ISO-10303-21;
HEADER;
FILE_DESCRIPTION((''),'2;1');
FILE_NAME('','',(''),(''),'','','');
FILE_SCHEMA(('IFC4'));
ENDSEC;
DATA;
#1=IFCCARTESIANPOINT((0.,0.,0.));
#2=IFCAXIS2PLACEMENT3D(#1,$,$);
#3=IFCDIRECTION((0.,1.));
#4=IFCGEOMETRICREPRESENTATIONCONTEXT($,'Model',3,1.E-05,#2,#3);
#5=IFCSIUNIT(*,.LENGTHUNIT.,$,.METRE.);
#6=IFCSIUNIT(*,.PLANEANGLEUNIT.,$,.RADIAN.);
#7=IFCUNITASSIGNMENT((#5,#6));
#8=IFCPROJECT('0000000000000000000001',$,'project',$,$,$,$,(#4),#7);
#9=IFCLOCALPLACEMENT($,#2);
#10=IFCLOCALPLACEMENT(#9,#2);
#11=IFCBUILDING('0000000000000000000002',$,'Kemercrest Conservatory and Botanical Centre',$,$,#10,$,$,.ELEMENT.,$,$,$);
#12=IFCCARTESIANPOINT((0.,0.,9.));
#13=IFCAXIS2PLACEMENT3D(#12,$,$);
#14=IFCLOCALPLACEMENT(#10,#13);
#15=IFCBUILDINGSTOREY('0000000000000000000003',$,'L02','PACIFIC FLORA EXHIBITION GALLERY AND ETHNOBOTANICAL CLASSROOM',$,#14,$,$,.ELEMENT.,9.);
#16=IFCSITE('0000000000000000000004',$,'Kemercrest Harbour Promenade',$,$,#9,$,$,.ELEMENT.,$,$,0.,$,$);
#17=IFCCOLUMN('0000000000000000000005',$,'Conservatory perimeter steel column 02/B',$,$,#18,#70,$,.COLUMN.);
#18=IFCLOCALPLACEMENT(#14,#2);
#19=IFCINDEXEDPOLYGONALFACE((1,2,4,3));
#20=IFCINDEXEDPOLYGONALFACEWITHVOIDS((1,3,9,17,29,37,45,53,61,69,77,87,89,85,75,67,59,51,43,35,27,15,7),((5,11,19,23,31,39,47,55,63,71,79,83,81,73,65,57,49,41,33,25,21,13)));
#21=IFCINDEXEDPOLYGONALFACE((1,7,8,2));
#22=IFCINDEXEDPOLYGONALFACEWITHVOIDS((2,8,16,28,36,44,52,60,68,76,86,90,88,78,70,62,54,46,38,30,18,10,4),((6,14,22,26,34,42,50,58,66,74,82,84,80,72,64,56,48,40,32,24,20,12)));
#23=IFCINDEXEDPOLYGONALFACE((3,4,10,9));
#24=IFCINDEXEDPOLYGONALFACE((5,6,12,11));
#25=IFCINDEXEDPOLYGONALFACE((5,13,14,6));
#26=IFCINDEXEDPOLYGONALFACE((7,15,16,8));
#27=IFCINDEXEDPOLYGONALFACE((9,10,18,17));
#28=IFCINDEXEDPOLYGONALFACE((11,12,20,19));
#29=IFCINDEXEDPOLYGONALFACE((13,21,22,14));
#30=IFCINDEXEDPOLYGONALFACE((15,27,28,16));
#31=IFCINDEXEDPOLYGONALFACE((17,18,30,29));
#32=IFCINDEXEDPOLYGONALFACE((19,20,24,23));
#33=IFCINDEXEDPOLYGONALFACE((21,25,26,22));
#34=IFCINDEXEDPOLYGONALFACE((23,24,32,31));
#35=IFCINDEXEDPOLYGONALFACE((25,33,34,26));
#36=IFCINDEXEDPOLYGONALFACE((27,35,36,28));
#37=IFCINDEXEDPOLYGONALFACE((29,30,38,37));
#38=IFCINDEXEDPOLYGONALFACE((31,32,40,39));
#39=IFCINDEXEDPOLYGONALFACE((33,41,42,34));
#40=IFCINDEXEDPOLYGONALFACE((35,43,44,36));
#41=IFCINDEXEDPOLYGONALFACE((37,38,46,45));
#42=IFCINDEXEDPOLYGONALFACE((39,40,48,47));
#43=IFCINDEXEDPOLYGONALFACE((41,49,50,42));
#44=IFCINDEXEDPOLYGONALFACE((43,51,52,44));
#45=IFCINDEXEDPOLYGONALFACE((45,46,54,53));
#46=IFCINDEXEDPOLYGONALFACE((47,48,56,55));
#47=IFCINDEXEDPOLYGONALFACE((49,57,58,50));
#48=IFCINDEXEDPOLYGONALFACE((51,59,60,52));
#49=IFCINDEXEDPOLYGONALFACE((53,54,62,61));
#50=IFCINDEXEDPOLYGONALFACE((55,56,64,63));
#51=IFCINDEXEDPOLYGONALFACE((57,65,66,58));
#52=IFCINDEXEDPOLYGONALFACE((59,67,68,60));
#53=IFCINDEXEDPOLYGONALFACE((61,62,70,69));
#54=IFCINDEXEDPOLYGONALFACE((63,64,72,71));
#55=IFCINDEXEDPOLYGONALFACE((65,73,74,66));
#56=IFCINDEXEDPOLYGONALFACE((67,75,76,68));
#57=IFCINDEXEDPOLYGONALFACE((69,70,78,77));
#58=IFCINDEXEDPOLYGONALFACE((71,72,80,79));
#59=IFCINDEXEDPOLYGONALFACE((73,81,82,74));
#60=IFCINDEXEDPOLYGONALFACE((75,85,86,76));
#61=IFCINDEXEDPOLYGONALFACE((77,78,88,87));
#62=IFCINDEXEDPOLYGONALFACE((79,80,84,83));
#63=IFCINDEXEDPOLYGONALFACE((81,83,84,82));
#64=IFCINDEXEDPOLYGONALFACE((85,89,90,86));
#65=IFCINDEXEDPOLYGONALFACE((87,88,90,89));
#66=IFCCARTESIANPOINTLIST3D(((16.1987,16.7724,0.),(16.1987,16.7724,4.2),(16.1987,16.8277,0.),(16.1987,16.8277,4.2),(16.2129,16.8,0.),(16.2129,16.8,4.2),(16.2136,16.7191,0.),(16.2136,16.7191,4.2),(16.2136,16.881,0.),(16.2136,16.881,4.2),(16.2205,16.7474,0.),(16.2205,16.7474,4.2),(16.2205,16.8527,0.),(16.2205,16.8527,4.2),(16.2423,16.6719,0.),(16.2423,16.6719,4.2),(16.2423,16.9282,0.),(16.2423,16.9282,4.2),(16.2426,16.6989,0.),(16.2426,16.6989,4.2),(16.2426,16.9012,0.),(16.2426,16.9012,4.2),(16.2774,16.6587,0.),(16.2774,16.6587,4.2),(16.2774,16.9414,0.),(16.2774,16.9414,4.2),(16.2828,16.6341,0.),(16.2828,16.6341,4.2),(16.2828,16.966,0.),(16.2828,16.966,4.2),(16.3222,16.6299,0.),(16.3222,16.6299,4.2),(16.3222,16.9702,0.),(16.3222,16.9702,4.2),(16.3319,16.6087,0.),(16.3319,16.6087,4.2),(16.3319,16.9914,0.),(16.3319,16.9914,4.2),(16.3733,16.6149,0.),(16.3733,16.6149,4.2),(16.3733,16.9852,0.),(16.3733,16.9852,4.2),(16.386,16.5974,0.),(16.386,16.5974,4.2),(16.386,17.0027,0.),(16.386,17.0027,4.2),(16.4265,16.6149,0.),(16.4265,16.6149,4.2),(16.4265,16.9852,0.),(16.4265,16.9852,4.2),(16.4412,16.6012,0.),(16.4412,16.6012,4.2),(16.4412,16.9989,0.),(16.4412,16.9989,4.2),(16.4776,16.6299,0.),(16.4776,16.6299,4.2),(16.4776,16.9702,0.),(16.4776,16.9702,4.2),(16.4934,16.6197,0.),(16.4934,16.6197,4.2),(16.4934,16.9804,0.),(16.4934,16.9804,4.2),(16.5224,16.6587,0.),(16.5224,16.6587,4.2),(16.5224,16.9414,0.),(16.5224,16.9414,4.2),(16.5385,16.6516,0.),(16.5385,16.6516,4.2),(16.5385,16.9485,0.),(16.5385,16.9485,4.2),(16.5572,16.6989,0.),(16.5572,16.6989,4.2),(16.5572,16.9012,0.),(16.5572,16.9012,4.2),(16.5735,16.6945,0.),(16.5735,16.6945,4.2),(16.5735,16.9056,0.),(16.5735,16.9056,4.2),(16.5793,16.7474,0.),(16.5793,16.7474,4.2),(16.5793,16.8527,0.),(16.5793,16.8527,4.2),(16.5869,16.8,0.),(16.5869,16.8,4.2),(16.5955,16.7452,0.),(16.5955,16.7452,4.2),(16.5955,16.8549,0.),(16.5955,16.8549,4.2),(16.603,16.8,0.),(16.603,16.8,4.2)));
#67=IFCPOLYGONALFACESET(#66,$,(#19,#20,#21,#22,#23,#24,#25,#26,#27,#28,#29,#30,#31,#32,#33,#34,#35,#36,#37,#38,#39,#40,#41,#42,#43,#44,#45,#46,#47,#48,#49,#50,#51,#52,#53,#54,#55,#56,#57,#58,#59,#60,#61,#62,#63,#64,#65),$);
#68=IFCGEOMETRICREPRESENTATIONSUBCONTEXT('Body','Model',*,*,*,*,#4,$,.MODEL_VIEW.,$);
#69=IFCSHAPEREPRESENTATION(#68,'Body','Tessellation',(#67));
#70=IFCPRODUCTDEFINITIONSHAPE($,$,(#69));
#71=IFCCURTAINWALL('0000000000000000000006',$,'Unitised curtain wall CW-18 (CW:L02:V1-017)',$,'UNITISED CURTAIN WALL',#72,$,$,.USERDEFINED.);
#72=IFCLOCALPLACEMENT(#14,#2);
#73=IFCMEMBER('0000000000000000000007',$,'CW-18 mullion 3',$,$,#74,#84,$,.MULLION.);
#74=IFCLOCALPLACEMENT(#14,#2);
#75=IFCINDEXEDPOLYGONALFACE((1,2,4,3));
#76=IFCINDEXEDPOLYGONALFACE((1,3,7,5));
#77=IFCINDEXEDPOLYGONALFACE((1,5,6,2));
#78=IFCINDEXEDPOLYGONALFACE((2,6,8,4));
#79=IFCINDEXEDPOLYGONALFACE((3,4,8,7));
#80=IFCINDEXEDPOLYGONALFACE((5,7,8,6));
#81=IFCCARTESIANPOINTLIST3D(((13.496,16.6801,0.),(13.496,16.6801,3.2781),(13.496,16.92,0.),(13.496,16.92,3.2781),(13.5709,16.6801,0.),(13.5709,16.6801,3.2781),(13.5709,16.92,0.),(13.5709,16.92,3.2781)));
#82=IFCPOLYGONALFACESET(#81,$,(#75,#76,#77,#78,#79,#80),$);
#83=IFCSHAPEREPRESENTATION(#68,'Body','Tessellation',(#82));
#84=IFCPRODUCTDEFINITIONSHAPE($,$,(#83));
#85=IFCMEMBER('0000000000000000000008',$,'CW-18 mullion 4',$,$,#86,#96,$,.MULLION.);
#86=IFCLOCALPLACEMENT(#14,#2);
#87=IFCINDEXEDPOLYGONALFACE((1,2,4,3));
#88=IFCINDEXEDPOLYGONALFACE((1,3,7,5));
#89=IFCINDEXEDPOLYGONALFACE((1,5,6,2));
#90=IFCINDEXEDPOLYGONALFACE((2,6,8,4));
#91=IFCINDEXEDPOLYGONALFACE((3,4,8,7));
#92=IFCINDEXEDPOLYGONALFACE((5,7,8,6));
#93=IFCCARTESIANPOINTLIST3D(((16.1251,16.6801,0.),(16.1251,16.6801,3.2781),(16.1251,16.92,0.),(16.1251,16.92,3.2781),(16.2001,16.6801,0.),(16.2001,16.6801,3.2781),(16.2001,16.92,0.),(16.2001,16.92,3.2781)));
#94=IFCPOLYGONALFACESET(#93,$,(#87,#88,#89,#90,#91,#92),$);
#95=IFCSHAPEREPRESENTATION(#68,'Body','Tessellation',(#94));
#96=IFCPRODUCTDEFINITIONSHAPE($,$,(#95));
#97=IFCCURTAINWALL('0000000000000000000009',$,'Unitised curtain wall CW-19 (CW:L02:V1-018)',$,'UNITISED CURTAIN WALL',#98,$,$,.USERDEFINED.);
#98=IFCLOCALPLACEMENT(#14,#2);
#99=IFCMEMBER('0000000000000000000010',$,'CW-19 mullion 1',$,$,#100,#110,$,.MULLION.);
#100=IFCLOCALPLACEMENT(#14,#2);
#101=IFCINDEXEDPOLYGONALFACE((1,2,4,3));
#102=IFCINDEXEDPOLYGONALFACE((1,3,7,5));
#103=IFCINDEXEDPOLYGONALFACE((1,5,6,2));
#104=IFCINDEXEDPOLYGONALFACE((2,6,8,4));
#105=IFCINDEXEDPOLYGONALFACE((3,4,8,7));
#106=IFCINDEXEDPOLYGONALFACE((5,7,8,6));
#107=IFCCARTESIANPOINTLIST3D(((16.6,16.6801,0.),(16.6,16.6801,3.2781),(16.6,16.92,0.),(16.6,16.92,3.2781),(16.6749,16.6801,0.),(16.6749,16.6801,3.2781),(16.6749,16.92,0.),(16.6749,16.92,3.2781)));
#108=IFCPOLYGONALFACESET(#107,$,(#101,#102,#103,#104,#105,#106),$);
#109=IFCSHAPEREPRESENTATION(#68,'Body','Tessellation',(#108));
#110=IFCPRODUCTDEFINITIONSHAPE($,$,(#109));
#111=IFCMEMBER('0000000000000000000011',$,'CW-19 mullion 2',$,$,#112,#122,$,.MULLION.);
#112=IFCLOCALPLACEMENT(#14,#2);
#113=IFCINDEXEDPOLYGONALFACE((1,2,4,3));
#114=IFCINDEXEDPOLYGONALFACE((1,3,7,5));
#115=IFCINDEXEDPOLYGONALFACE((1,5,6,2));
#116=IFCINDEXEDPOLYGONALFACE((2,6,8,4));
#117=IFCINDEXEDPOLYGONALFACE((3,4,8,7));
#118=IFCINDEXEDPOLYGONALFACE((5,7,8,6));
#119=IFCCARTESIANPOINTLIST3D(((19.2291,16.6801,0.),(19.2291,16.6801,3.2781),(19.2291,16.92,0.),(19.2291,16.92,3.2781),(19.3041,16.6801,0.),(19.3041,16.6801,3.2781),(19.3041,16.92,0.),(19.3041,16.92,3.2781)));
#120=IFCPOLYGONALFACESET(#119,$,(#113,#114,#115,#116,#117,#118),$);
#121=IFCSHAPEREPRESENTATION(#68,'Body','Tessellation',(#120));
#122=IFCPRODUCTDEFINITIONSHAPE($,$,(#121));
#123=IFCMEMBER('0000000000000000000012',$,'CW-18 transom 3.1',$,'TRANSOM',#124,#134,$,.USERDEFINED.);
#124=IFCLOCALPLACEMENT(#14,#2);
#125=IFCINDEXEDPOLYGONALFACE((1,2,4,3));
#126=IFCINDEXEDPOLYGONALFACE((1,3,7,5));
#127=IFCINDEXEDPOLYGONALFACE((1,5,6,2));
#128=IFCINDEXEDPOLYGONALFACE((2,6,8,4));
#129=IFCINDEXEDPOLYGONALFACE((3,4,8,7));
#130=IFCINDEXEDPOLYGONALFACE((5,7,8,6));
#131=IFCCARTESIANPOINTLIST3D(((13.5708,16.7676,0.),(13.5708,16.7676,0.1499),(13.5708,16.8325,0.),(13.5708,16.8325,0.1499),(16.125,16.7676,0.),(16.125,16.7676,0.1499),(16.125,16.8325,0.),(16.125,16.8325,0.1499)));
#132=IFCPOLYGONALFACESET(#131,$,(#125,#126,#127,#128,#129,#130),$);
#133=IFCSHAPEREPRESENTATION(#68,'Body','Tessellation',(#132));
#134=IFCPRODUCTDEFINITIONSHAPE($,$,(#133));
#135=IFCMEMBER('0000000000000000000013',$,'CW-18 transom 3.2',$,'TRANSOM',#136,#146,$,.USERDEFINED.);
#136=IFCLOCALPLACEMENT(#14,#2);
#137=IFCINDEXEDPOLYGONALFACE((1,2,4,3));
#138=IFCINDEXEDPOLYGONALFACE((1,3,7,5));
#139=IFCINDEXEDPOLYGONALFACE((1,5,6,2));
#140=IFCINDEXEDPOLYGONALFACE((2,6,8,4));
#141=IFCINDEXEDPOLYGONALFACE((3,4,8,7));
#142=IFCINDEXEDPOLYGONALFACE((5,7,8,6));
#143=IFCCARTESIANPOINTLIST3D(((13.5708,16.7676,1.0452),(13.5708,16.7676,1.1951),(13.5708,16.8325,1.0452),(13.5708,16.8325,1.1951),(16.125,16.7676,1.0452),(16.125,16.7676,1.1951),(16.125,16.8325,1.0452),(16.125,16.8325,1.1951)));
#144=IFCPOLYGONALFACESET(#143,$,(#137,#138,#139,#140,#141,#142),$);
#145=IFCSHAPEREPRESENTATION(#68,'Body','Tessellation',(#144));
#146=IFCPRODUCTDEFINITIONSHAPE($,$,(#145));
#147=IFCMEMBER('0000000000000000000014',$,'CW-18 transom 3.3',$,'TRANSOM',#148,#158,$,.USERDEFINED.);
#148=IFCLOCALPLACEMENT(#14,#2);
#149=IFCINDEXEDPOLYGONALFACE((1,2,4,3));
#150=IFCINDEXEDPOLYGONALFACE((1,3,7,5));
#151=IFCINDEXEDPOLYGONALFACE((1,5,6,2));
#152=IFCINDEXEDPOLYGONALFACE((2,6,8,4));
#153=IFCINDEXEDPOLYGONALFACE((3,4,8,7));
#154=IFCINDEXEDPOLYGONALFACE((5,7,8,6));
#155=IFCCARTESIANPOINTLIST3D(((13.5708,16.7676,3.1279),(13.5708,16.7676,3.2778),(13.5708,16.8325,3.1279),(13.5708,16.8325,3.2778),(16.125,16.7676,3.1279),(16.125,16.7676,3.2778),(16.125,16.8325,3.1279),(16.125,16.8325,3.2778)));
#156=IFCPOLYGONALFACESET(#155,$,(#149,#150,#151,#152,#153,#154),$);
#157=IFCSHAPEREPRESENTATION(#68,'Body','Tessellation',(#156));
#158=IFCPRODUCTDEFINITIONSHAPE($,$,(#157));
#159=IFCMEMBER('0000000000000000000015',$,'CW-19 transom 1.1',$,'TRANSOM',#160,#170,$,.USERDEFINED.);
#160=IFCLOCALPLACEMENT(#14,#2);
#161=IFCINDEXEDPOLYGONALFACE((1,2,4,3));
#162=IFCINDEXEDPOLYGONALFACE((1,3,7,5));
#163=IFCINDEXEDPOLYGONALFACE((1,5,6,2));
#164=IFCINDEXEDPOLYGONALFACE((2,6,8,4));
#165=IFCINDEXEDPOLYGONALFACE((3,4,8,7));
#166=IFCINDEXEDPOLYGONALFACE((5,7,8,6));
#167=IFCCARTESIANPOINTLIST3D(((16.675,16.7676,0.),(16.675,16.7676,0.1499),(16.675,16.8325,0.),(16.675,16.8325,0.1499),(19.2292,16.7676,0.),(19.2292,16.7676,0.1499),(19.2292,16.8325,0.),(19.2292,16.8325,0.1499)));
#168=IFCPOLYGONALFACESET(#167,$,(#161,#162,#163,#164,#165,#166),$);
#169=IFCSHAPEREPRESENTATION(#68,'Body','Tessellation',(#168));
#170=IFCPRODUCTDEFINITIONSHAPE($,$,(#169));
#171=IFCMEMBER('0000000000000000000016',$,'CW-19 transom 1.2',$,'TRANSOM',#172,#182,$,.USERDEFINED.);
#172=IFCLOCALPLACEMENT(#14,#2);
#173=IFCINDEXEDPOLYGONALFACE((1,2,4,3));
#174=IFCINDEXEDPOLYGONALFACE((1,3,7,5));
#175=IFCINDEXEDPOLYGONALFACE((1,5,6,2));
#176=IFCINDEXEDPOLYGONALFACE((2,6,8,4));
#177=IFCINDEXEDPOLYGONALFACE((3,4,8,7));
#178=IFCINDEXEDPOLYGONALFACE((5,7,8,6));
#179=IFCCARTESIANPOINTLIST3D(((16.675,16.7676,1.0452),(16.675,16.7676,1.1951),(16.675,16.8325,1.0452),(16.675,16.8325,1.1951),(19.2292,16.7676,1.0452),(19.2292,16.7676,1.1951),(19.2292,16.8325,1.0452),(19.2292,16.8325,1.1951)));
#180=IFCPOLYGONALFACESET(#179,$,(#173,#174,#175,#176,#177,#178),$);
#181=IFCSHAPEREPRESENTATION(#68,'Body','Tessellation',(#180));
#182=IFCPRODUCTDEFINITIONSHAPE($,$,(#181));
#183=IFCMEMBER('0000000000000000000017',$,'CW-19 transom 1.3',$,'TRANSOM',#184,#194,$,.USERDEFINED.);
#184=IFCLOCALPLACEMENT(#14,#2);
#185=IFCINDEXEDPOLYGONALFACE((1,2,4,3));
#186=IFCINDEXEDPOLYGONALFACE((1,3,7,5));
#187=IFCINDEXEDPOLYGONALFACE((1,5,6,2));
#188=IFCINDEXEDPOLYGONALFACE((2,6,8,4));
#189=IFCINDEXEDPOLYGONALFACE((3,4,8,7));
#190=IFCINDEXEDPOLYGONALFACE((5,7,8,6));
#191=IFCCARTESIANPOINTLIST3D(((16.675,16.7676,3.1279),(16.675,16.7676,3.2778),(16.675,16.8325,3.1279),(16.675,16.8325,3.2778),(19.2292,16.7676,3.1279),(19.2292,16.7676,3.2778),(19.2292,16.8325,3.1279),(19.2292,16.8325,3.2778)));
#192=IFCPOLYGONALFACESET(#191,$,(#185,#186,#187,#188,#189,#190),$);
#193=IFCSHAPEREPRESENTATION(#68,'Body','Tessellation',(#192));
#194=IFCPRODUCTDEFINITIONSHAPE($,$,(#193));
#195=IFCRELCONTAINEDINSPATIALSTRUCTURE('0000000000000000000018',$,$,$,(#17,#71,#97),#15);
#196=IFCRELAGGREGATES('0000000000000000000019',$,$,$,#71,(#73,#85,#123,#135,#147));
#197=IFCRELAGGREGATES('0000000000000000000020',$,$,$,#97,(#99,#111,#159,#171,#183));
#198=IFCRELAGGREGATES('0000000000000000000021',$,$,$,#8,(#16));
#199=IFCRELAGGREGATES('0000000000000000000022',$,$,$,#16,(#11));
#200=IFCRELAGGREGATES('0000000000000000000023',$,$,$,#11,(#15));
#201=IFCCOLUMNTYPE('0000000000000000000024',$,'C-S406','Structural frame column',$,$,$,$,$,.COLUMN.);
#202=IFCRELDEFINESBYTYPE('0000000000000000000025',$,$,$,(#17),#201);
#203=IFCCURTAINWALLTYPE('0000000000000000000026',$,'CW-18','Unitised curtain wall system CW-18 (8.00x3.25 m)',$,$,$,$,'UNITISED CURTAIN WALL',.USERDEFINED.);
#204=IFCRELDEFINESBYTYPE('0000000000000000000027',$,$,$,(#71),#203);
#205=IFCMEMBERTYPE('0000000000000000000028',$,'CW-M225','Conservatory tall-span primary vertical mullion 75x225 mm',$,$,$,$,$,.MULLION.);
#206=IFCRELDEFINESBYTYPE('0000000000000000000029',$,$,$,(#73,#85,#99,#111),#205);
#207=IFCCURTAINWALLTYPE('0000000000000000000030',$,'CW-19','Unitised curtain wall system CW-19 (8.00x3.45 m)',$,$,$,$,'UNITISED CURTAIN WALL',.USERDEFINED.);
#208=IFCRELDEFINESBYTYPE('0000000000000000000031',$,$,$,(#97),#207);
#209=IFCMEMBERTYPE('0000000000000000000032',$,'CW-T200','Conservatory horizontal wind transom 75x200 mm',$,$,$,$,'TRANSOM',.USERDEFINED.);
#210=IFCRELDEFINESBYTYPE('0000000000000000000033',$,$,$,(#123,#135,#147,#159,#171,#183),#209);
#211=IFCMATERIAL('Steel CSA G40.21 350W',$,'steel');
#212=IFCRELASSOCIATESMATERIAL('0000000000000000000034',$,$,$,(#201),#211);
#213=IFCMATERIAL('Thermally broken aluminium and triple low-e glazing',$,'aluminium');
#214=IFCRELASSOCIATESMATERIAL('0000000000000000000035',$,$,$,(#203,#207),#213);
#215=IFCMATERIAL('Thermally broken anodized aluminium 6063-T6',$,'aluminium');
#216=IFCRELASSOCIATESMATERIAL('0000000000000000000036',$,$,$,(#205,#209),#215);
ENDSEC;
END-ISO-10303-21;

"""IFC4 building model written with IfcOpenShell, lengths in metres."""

from ifc_helpers import new_model, si_unit, direction, frame, origin, origin_2d, place, context, subcontext, project, spatial, rectangle, hollow_circle, extrude, material, material_profile, profile_set, type_object, element, aggregate, save


model = new_model("IFC4")

# Units and contexts
model_context = context("Model", 3, precision=1e-05, world=origin(), true_north=direction((0.0, 1.0)))
body_context = subcontext(model_context, "Body", "Model", "MODEL_VIEW")
ifc_project = project(units=[si_unit("LENGTHUNIT", "METRE"), si_unit("PLANEANGLEUNIT", "RADIAN")], contexts=[model_context])

# Site, building, storey
site_placement = place(None, origin())
site = spatial("IfcSite", under=ifc_project, at=site_placement, Name="Kemercrest Harbour Promenade", CompositionType="ELEMENT", RefElevation=0.0)
building_placement = place(site_placement, origin())
building = spatial("IfcBuilding", under=site, at=building_placement, Name="Kemercrest Conservatory and Botanical Centre", CompositionType="ELEMENT")
storey_placement = place(building_placement, frame((0.0, 0.0, 9.0)))
storey = spatial("IfcBuildingStorey", under=building, at=storey_placement, Name="L02", Description="PACIFIC FLORA EXHIBITION GALLERY AND ETHNOBOTANICAL CLASSROOM", CompositionType="ELEMENT", Elevation=9.0)

# Column
ifc_material_1 = material(Name="Steel CSA G40.21 350W", Category="steel")
ifc_material_profile_1 = material_profile(ifc_material_1, hollow_circle(Radius=0.2031, WallThickness=0.0161, at=origin_2d()), Name="CHS 406.4x16.0")
ifc_profile_set_1 = profile_set([ifc_material_profile_1], Name="Steel CSA G40.21 350W")
column_type = type_object("IfcColumnType", Name="C-S406", Description="Structural frame column", PredefinedType="COLUMN", material=ifc_profile_set_1)
column_placement = place(storey_placement, frame((16.3999, 16.8, 0.0), z_axis=(0.0, 0.0, 1.0), x_axis=(1.0, 0.0, 0.0)))
element("IfcColumn", 1, at=column_placement, inside=storey, type_object=column_type, Name="Conservatory perimeter steel column 02/B", PredefinedType="COLUMN", context=body_context, shape_type="SweptSolid", body=[
    extrude(hollow_circle(Radius=0.2031, WallThickness=0.0161, at=origin_2d()), origin(), (0.0, 0.0, 1.0), 4.2),
])

# Curtain walls, members
ifc_material_2 = material(Name="Thermally broken aluminium and triple low-e glazing", Category="aluminium")
curtain_wall_type_1 = type_object("IfcCurtainWallType", Name="CW-18", Description="Unitised curtain wall system CW-18 (8.00x3.25 m)", ElementType="UNITISED CURTAIN WALL", PredefinedType="USERDEFINED", material=ifc_material_2)
curtain_wall_1_placement = place(storey_placement, origin())
curtain_wall_1 = element("IfcCurtainWall", 2, at=curtain_wall_1_placement, inside=storey, type_object=curtain_wall_type_1, Name="Unitised curtain wall CW-18 (CW:L02:V1-017)", ObjectType="UNITISED CURTAIN WALL", PredefinedType="USERDEFINED")
ifc_material_3 = material(Name="Thermally broken anodized aluminium 6063-T6", Category="aluminium")
ifc_material_profile_2 = material_profile(ifc_material_3, rectangle(XDim=0.24, YDim=0.075, at=origin_2d()), Name="AL MULLION 75x240")
ifc_profile_set_2 = profile_set([ifc_material_profile_2], Name="Thermally broken anodized aluminium 6063-T6")
member_type_1 = type_object("IfcMemberType", Name="CW-M225", Description="Conservatory tall-span primary vertical mullion 75x225 mm", PredefinedType="MULLION", material=ifc_profile_set_2)
member_1_placement = place(storey_placement, frame((13.5334, 16.8, 0.0), z_axis=(0.0, 0.0, 1.0), x_axis=(0.0, 1.0, 0.0)))
member_1 = element("IfcMember", 3, at=member_1_placement, type_object=member_type_1, Name="CW-18 mullion 3", PredefinedType="MULLION", context=body_context, shape_type="SweptSolid", body=[
    extrude(rectangle(XDim=0.24, YDim=0.075, at=origin_2d()), origin(), (0.0, 0.0, 1.0), 3.2781),
])
member_2_placement = place(storey_placement, frame((16.1626, 16.8, 0.0), z_axis=(0.0, 0.0, 1.0), x_axis=(0.0, 1.0, 0.0)))
member_2 = element("IfcMember", 4, at=member_2_placement, type_object=member_type_1, Name="CW-18 mullion 4", PredefinedType="MULLION", context=body_context, shape_type="SweptSolid", body=[
    extrude(rectangle(XDim=0.24, YDim=0.075, at=origin_2d()), origin(), (0.0, 0.0, 1.0), 3.2781),
])
curtain_wall_type_2 = type_object("IfcCurtainWallType", Name="CW-19", Description="Unitised curtain wall system CW-19 (8.00x3.45 m)", ElementType="UNITISED CURTAIN WALL", PredefinedType="USERDEFINED", material=ifc_material_2)
curtain_wall_2_placement = place(storey_placement, origin())
curtain_wall_2 = element("IfcCurtainWall", 5, at=curtain_wall_2_placement, inside=storey, type_object=curtain_wall_type_2, Name="Unitised curtain wall CW-19 (CW:L02:V1-018)", ObjectType="UNITISED CURTAIN WALL", PredefinedType="USERDEFINED")
member_3_placement = place(storey_placement, frame((16.6375, 16.8, 0.0), z_axis=(0.0, 0.0, 1.0), x_axis=(0.0, 1.0, 0.0)))
member_3 = element("IfcMember", 6, at=member_3_placement, type_object=member_type_1, Name="CW-19 mullion 1", PredefinedType="MULLION", context=body_context, shape_type="SweptSolid", body=[
    extrude(rectangle(XDim=0.24, YDim=0.075, at=origin_2d()), origin(), (0.0, 0.0, 1.0), 3.2781),
])
member_4_placement = place(storey_placement, frame((19.2666, 16.8, 0.0), z_axis=(0.0, 0.0, 1.0), x_axis=(0.0, 1.0, 0.0)))
member_4 = element("IfcMember", 7, at=member_4_placement, type_object=member_type_1, Name="CW-19 mullion 2", PredefinedType="MULLION", context=body_context, shape_type="SweptSolid", body=[
    extrude(rectangle(XDim=0.24, YDim=0.075, at=origin_2d()), origin(), (0.0, 0.0, 1.0), 3.2781),
])

# Members
ifc_material_profile_3 = material_profile(ifc_material_3, rectangle(XDim=0.0649, YDim=0.1499, at=origin_2d()), Name="AL TRANSOM 65x150")
ifc_profile_set_3 = profile_set([ifc_material_profile_3], Name="Thermally broken anodized aluminium 6063-T6")
member_type_2 = type_object("IfcMemberType", Name="CW-T200", Description="Conservatory horizontal wind transom 75x200 mm", ElementType="TRANSOM", PredefinedType="USERDEFINED", material=ifc_profile_set_3)
member_5_placement = place(storey_placement, frame((13.5708, 16.8, 0.075), z_axis=(1.0, 0.0, 0.0), x_axis=(0.0, 1.0, 0.0)))
member_5 = element("IfcMember", 8, at=member_5_placement, type_object=member_type_2, Name="CW-18 transom 3.1", ObjectType="TRANSOM", PredefinedType="USERDEFINED", context=body_context, shape_type="SweptSolid", body=[
    extrude(rectangle(XDim=0.0649, YDim=0.1499, at=origin_2d()), origin(), (0.0, 0.0, 1.0), 2.5542),
])
member_6_placement = place(storey_placement, frame((13.5708, 16.8, 1.1201), z_axis=(1.0, 0.0, 0.0), x_axis=(0.0, 1.0, 0.0)))
member_6 = element("IfcMember", 9, at=member_6_placement, type_object=member_type_2, Name="CW-18 transom 3.2", ObjectType="TRANSOM", PredefinedType="USERDEFINED", context=body_context, shape_type="SweptSolid", body=[
    extrude(rectangle(XDim=0.0649, YDim=0.1499, at=origin_2d()), origin(), (0.0, 0.0, 1.0), 2.5542),
])
member_7_placement = place(storey_placement, frame((13.5708, 16.8, 3.2029), z_axis=(1.0, 0.0, 0.0), x_axis=(0.0, 1.0, 0.0)))
member_7 = element("IfcMember", 10, at=member_7_placement, type_object=member_type_2, Name="CW-18 transom 3.3", ObjectType="TRANSOM", PredefinedType="USERDEFINED", context=body_context, shape_type="SweptSolid", body=[
    extrude(rectangle(XDim=0.0649, YDim=0.1499, at=origin_2d()), origin(), (0.0, 0.0, 1.0), 2.5542),
])
member_8_placement = place(storey_placement, frame((16.675, 16.8, 0.075), z_axis=(1.0, 0.0, 0.0), x_axis=(0.0, 1.0, 0.0)))
member_8 = element("IfcMember", 11, at=member_8_placement, type_object=member_type_2, Name="CW-19 transom 1.1", ObjectType="TRANSOM", PredefinedType="USERDEFINED", context=body_context, shape_type="SweptSolid", body=[
    extrude(rectangle(XDim=0.0649, YDim=0.1499, at=origin_2d()), origin(), (0.0, 0.0, 1.0), 2.5542),
])
member_9_placement = place(storey_placement, frame((16.675, 16.8, 1.1201), z_axis=(1.0, 0.0, 0.0), x_axis=(0.0, 1.0, 0.0)))
member_9 = element("IfcMember", 12, at=member_9_placement, type_object=member_type_2, Name="CW-19 transom 1.2", ObjectType="TRANSOM", PredefinedType="USERDEFINED", context=body_context, shape_type="SweptSolid", body=[
    extrude(rectangle(XDim=0.0649, YDim=0.1499, at=origin_2d()), origin(), (0.0, 0.0, 1.0), 2.5542),
])
member_10_placement = place(storey_placement, frame((16.675, 16.8, 3.2029), z_axis=(1.0, 0.0, 0.0), x_axis=(0.0, 1.0, 0.0)))
member_10 = element("IfcMember", 13, at=member_10_placement, type_object=member_type_2, Name="CW-19 transom 1.3", ObjectType="TRANSOM", PredefinedType="USERDEFINED", context=body_context, shape_type="SweptSolid", body=[
    extrude(rectangle(XDim=0.0649, YDim=0.1499, at=origin_2d()), origin(), (0.0, 0.0, 1.0), 2.5542),
])

aggregate(curtain_wall_1, [member_1, member_2, member_5, member_6, member_7])
aggregate(curtain_wall_2, [member_3, member_4, member_8, member_9, member_10])

save(model, "model.ifc")
